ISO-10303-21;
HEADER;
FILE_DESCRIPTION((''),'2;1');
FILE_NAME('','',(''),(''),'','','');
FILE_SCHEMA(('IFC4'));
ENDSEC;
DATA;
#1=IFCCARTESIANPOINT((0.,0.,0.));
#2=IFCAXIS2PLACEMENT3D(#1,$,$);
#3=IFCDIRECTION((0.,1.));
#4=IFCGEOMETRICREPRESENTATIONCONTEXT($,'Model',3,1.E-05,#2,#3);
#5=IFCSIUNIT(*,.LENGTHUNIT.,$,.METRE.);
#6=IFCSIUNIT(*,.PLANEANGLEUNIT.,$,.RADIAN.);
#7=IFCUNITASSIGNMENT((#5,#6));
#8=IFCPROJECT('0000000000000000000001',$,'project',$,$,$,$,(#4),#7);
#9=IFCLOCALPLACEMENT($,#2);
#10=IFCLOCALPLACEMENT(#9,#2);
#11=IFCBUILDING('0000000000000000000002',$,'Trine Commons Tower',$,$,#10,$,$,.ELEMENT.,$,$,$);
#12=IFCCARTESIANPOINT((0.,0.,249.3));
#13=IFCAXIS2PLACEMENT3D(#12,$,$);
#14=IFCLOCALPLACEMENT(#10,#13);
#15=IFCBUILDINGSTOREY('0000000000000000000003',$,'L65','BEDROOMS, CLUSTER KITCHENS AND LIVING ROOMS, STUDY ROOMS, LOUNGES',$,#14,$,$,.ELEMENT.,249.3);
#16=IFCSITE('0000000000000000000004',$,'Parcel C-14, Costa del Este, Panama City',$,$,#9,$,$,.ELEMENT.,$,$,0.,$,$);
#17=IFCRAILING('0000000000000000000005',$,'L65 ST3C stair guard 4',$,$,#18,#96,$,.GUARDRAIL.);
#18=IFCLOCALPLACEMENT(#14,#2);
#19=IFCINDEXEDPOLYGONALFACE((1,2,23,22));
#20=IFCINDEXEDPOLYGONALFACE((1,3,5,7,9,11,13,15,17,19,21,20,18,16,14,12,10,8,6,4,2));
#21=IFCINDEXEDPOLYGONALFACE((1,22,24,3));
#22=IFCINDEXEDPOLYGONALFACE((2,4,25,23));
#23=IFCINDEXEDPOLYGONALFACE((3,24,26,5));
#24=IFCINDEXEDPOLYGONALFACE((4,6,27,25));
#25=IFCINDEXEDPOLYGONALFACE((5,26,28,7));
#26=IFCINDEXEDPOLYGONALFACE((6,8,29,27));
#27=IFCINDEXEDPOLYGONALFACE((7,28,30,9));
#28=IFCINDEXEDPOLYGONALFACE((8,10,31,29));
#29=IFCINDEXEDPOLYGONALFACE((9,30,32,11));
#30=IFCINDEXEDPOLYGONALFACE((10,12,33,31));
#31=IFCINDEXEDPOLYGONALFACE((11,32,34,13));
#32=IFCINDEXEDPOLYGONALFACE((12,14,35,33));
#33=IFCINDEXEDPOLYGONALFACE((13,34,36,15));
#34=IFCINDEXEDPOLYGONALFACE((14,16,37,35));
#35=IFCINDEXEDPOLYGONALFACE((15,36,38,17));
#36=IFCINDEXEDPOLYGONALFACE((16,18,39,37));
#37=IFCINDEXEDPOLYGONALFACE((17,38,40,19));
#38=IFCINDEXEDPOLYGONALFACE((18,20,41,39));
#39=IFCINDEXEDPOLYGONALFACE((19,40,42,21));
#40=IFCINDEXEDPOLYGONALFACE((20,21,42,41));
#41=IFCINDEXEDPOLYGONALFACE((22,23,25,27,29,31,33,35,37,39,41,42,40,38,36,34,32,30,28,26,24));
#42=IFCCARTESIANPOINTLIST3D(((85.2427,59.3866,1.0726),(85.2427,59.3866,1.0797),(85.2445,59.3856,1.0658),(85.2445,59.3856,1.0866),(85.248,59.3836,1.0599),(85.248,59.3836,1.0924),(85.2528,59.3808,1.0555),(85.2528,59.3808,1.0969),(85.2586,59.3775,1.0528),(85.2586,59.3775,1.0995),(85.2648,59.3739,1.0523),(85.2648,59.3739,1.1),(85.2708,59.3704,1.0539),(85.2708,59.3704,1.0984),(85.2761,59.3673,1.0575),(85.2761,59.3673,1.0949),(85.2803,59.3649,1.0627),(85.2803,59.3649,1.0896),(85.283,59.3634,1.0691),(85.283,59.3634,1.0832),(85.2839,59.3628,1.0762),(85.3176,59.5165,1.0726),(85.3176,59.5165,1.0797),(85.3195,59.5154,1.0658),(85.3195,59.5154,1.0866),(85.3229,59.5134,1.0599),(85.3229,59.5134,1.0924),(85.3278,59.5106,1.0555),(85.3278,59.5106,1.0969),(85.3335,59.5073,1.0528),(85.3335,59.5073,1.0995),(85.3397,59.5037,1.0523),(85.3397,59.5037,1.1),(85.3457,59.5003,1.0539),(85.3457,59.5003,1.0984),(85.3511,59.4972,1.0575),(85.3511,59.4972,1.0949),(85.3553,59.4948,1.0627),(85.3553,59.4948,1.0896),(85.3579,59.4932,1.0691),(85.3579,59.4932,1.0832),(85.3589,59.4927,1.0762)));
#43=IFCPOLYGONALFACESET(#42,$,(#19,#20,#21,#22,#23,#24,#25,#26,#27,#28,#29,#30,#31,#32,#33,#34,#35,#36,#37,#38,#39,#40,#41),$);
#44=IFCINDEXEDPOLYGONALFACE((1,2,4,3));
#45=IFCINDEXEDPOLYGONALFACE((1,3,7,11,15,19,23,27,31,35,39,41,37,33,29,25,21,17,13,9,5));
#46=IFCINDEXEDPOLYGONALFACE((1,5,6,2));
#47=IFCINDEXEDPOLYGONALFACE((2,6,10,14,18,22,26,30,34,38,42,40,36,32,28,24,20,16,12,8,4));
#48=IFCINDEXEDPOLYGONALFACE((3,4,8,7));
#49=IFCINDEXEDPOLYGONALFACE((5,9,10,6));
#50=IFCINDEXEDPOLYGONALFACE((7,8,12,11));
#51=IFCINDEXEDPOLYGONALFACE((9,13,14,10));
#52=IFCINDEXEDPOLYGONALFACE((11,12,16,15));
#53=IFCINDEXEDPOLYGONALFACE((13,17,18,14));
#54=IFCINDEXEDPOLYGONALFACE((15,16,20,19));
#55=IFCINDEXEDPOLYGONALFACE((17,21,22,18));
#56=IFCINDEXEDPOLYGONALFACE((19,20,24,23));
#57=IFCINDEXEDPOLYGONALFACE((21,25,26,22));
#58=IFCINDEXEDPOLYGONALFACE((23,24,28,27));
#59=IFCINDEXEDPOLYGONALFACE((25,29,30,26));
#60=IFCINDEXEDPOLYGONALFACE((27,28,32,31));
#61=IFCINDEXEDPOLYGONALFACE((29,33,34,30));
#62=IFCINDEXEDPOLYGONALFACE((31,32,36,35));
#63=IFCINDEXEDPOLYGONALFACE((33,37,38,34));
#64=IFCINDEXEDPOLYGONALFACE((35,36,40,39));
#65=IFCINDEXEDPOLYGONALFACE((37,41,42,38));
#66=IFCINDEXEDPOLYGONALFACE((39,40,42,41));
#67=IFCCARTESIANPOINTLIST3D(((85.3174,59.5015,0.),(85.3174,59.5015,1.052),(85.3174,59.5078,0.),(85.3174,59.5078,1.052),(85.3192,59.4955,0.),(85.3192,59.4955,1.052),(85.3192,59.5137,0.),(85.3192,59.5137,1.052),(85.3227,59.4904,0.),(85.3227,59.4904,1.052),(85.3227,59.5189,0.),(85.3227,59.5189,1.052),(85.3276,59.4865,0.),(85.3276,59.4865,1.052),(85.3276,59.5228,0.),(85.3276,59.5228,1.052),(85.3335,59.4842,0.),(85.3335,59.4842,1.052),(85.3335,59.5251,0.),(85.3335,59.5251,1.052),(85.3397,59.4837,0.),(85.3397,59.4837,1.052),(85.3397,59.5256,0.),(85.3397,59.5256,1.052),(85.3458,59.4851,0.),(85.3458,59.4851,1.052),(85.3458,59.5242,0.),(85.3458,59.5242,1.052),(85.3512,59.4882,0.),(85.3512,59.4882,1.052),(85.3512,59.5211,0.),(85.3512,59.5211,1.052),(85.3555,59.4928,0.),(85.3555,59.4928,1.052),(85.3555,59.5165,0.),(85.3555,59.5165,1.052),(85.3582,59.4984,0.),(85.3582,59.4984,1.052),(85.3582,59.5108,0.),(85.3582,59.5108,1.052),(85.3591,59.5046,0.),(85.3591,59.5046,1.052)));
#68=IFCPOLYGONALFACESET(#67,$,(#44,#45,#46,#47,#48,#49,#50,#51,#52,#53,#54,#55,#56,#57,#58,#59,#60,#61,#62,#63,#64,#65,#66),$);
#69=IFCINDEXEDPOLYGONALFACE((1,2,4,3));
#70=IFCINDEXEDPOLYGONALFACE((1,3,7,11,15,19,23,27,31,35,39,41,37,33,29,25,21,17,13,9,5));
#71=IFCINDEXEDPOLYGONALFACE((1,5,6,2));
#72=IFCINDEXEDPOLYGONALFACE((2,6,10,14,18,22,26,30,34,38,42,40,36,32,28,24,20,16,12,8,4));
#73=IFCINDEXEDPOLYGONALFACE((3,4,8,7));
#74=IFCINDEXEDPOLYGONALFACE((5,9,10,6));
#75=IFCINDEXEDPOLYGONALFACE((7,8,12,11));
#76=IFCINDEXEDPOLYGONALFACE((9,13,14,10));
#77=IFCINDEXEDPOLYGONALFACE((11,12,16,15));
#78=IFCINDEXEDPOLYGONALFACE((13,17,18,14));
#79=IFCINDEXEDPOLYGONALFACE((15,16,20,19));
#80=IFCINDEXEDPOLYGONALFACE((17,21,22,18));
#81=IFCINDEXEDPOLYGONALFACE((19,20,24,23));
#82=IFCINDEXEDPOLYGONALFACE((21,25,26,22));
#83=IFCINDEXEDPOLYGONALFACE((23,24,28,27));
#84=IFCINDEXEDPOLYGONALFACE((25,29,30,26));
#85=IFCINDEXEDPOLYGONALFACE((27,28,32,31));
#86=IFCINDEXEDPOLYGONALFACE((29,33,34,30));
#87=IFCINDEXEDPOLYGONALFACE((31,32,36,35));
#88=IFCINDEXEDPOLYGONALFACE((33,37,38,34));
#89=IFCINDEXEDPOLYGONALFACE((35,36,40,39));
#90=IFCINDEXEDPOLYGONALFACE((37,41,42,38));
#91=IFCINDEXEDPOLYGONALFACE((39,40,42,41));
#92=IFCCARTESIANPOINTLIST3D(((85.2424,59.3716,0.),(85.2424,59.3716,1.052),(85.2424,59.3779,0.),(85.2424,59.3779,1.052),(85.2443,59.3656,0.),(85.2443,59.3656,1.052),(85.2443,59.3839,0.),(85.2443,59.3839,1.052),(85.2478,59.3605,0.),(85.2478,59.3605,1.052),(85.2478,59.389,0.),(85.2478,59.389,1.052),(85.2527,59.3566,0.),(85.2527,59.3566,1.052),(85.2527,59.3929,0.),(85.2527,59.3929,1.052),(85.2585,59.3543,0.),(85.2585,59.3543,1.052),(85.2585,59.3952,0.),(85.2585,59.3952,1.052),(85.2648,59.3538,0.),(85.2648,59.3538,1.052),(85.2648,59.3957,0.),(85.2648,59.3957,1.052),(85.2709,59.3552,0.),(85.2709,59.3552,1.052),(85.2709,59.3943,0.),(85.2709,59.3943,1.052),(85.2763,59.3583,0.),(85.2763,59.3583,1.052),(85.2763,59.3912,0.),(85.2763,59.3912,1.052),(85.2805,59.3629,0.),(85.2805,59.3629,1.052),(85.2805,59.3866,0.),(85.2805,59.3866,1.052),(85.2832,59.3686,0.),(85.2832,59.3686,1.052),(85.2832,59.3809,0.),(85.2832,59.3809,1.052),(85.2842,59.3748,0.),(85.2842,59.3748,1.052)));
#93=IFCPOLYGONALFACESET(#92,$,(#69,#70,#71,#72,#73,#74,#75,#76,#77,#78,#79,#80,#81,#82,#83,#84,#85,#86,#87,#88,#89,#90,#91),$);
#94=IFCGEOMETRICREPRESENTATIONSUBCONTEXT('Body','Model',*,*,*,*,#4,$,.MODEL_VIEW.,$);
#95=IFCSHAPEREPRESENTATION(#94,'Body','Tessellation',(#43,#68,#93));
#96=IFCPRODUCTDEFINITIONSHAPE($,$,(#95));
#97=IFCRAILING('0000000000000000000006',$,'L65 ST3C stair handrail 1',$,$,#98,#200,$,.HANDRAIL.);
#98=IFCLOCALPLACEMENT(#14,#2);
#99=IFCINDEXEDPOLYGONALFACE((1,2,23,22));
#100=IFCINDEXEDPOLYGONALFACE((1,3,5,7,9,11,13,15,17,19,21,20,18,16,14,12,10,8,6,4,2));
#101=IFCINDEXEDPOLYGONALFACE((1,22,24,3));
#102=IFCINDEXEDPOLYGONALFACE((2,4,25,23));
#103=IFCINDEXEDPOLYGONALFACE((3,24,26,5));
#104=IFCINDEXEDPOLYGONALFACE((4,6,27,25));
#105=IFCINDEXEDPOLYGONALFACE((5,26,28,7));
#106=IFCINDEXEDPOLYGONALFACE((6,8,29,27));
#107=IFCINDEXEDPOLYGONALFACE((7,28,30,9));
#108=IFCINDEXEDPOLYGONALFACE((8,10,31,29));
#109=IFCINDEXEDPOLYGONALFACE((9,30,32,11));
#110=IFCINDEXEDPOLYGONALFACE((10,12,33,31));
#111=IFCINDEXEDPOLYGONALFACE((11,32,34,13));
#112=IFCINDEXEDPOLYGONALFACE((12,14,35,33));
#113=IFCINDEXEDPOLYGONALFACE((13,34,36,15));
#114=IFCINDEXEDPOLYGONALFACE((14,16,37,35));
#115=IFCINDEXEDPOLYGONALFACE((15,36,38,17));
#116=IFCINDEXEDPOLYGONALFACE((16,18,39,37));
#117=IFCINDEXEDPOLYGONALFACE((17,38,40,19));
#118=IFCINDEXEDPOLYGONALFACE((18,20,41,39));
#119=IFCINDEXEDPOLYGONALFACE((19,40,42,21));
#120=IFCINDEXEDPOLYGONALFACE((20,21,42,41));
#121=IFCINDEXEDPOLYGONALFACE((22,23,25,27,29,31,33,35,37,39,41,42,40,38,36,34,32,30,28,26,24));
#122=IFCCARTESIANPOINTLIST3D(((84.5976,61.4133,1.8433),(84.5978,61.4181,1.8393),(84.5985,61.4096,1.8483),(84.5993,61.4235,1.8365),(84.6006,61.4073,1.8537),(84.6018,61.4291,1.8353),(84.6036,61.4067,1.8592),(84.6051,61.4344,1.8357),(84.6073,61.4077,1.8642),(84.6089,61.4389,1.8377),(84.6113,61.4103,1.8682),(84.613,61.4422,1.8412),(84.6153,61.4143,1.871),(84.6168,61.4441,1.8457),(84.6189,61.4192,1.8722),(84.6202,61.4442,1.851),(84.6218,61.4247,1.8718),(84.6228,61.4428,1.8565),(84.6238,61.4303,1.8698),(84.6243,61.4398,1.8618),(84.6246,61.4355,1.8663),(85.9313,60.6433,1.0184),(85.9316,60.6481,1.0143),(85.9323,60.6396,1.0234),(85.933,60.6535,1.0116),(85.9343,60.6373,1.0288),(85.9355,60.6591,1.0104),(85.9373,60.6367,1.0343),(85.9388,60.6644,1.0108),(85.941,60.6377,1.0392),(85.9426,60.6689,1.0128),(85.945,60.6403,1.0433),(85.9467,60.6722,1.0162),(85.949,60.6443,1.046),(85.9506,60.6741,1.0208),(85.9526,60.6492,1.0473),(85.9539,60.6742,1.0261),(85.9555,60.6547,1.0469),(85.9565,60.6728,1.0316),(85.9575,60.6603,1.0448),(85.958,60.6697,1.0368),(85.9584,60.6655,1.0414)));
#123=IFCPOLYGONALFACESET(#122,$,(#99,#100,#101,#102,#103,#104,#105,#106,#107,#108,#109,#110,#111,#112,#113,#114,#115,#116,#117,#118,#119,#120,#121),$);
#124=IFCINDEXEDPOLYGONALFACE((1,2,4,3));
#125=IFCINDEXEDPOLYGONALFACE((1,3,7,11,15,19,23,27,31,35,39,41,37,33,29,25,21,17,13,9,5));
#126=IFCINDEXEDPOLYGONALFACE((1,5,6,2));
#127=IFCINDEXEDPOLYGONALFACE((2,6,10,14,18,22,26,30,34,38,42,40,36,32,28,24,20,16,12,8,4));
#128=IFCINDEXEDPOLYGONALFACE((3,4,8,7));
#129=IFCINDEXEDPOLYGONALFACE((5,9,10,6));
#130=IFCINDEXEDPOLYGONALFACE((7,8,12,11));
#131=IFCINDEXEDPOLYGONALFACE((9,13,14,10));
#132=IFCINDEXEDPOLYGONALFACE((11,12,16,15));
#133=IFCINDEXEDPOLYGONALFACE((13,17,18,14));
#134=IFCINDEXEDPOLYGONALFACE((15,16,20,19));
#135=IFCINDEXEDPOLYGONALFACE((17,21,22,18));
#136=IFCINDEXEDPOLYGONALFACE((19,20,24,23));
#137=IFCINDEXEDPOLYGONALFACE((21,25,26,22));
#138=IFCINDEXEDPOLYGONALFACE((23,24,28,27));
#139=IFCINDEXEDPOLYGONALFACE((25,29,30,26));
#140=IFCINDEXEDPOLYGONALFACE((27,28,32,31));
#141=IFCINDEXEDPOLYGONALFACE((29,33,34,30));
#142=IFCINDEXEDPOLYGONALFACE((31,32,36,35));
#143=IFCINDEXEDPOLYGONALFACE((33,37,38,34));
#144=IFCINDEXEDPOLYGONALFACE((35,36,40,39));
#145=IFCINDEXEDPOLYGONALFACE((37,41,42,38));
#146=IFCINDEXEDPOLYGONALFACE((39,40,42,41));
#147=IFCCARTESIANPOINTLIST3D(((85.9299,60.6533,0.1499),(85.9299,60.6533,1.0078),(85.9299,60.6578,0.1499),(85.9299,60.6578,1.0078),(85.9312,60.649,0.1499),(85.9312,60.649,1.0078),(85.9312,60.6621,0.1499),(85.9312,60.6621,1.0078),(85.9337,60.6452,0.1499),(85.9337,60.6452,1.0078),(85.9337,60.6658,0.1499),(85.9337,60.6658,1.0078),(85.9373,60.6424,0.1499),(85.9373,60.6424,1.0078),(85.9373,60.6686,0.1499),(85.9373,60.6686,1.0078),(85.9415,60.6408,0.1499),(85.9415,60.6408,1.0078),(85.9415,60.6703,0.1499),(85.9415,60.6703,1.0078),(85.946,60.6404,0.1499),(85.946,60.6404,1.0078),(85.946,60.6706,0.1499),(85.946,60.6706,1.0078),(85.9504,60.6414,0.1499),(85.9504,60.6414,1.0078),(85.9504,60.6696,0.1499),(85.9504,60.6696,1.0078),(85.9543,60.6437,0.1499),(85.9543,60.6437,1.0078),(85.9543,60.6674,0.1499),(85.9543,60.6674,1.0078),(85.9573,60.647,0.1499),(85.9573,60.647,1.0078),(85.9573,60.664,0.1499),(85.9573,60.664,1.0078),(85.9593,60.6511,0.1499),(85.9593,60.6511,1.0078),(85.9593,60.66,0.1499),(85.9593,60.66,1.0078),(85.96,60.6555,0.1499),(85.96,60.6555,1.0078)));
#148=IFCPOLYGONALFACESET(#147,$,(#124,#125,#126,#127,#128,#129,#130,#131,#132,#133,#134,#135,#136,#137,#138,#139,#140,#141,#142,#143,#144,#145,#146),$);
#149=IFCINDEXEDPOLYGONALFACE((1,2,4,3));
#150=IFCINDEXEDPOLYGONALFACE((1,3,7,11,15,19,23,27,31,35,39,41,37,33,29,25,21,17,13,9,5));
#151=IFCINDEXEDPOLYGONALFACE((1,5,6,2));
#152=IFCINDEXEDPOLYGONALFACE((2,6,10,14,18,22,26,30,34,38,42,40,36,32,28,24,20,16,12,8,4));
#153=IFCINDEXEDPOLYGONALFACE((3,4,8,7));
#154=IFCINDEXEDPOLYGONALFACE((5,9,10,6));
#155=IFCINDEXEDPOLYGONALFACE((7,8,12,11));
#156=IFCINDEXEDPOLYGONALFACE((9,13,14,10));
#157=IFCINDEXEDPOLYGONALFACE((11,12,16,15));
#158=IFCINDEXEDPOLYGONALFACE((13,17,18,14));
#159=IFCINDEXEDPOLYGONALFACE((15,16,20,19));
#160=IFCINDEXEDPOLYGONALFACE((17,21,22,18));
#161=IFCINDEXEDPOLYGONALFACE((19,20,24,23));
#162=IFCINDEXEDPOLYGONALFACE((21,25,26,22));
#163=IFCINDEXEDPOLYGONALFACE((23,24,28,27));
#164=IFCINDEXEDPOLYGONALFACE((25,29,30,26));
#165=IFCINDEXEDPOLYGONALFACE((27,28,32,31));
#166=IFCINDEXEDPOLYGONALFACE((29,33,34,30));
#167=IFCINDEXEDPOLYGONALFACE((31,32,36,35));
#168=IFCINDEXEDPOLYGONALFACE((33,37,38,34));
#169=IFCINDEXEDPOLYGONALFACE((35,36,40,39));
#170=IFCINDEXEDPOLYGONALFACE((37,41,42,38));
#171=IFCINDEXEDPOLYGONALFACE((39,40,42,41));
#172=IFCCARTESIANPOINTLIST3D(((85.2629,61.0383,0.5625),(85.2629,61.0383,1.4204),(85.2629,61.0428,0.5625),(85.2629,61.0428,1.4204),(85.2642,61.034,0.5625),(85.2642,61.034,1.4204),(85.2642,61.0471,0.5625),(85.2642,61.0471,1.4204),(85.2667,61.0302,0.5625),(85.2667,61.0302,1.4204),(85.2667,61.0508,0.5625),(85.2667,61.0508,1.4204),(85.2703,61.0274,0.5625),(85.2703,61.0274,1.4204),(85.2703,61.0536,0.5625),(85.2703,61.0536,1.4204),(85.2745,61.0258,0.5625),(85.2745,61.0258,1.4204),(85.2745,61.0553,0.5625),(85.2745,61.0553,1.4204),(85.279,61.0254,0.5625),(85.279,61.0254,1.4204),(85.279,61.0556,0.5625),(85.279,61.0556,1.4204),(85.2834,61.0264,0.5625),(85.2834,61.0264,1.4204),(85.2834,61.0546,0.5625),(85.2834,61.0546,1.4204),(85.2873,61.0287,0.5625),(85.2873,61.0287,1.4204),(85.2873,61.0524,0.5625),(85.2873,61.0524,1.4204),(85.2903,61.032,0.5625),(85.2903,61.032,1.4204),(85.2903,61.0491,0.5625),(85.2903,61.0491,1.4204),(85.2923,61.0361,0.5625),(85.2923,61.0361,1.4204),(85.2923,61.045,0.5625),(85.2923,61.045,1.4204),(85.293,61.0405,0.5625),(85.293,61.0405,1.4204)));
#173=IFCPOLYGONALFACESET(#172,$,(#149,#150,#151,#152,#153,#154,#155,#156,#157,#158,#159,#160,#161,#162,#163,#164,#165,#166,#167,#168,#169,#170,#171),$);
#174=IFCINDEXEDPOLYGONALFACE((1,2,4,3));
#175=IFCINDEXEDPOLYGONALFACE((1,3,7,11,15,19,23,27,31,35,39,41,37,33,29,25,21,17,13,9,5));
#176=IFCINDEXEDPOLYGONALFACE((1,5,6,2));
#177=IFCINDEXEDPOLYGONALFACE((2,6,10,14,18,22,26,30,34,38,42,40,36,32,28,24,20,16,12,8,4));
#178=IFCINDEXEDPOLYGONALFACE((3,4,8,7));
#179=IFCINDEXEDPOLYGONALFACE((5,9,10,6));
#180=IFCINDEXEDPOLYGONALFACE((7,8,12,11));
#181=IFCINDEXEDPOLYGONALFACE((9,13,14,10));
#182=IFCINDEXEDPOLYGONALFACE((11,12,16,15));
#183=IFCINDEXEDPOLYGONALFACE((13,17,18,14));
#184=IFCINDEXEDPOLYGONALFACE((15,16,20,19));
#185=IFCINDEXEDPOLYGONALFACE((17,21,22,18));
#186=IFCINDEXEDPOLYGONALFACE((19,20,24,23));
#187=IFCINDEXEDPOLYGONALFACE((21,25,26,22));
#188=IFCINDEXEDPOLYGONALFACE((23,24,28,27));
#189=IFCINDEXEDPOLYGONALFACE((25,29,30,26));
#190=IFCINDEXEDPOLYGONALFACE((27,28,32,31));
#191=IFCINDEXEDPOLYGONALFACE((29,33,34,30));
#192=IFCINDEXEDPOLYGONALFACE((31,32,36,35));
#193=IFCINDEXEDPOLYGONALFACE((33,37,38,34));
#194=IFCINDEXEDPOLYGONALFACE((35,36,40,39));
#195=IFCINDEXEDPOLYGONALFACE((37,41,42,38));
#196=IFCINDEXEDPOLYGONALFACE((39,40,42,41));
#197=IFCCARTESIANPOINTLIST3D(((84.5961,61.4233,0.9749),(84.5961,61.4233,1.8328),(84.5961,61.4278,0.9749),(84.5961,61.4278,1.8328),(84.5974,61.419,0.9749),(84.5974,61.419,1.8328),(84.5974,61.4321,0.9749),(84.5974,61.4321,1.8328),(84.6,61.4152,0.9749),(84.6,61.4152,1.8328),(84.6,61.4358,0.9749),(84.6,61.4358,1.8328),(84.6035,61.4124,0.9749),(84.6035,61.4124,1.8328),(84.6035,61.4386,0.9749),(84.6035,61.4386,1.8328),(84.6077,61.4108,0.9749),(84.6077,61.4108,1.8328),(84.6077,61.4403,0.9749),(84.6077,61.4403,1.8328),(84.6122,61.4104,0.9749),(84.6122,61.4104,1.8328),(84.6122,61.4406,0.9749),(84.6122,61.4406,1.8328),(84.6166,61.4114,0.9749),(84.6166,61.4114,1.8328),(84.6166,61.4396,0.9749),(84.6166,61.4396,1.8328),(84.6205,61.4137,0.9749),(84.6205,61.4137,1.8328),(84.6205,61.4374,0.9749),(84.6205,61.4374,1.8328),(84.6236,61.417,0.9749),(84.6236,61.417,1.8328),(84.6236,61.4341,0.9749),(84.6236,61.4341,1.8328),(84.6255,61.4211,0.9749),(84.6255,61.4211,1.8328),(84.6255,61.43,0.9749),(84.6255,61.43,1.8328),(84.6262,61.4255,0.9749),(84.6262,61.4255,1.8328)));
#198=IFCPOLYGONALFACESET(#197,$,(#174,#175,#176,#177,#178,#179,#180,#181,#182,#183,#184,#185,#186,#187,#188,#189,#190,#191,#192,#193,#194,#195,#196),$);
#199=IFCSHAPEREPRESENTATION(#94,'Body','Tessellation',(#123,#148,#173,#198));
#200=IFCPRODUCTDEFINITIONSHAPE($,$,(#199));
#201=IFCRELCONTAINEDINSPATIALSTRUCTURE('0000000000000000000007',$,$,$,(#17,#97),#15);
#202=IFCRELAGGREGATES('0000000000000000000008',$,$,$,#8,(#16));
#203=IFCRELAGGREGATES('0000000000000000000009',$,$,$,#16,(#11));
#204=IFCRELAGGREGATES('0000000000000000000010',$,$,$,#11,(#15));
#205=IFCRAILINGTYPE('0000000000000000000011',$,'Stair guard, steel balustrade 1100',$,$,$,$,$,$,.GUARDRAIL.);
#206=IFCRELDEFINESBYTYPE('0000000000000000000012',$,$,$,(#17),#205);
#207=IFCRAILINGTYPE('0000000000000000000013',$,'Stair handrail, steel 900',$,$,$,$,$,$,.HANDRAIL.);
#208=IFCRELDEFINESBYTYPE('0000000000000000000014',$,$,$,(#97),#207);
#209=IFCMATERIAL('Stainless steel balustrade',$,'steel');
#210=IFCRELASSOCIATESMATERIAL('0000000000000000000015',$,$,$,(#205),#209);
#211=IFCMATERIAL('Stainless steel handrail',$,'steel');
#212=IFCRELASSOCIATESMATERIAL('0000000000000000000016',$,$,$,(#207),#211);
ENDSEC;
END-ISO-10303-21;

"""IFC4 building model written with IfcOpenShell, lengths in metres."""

from ifc_helpers import new_model, si_unit, direction, frame, origin, origin_2d, place, context, subcontext, project, spatial, circle, extrude, material, type_object, element, save


model = new_model("IFC4")

# Units and contexts
model_context = context("Model", 3, precision=1e-05, world=origin(), true_north=direction((0.0, 1.0)))
body_context = subcontext(model_context, "Body", "Model", "MODEL_VIEW")
ifc_project = project(units=[si_unit("LENGTHUNIT", "METRE"), si_unit("PLANEANGLEUNIT", "RADIAN")], contexts=[model_context])

# Site, building, storey
site_placement = place(None, origin())
site = spatial("IfcSite", under=ifc_project, at=site_placement, Name="Parcel C-14, Costa del Este, Panama City", CompositionType="ELEMENT", RefElevation=0.0)
building_placement = place(site_placement, origin())
building = spatial("IfcBuilding", under=site, at=building_placement, Name="Trine Commons Tower", CompositionType="ELEMENT")
storey_placement = place(building_placement, frame((0.0, 0.0, 249.3)))
storey = spatial("IfcBuildingStorey", under=building, at=storey_placement, Name="L65", Description="BEDROOMS, CLUSTER KITCHENS AND LIVING ROOMS, STUDY ROOMS, LOUNGES", CompositionType="ELEMENT", Elevation=249.3)

# Railings
ifc_material_1 = material(Name="Stainless steel balustrade", Category="steel")
railing_type_1 = type_object("IfcRailingType", Name="Stair guard, steel balustrade 1100", PredefinedType="GUARDRAIL", material=ifc_material_1)
railing_1_placement = place(storey_placement, frame((85.3381, 59.5046, 0.0)))
element("IfcRailing", 1, at=railing_1_placement, inside=storey, type_object=railing_type_1, Name="L65 ST3C stair guard 4", PredefinedType="GUARDRAIL", context=body_context, shape_type="SweptSolid", body=[
    extrude(circle(Radius=0.0239, at=origin_2d()), frame((0.0, 0.0, 1.0762), z_axis=(-0.499816, -0.866131, 0.0), x_axis=(0.866131, -0.499816, 0.0)), (0.0, 0.0, 1.0), 0.1499),
    extrude(circle(Radius=0.021, at=origin_2d()), origin(), (0.0, 0.0, 1.0), 1.052),
    extrude(circle(Radius=0.021, at=origin_2d()), frame((-0.075, -0.1299, 0.0)), (0.0, 0.0, 1.0), 1.052),
])
ifc_material_2 = material(Name="Stainless steel handrail", Category="steel")
railing_type_2 = type_object("IfcRailingType", Name="Stair handrail, steel 900", PredefinedType="HANDRAIL", material=ifc_material_2)
railing_2_placement = place(storey_placement, frame((85.9448, 60.6555, 0.1499)))
element("IfcRailing", 2, at=railing_2_placement, inside=storey, type_object=railing_type_2, Name="L65 ST3C stair handrail 1", PredefinedType="HANDRAIL", context=body_context, shape_type="SweptSolid", body=[
    extrude(circle(Radius=0.021, at=origin_2d()), frame((0.0, 0.0, 0.8789), z_axis=(-0.763405, 0.440743, 0.472185), x_axis=(-0.499992, -0.86603, 0.0)), (0.0, 0.0, 1.0), 1.7471),
    extrude(circle(Radius=0.0151, at=origin_2d()), origin(), (0.0, 0.0, 1.0), 0.8579),
    extrude(circle(Radius=0.0151, at=origin_2d()), frame((-0.667, 0.385, 0.4126)), (0.0, 0.0, 1.0), 0.8579),
    extrude(circle(Radius=0.0151, at=origin_2d()), frame((-1.3337, 0.77, 0.825)), (0.0, 0.0, 1.0), 0.8579),
])

save(model, "model.ifc")
